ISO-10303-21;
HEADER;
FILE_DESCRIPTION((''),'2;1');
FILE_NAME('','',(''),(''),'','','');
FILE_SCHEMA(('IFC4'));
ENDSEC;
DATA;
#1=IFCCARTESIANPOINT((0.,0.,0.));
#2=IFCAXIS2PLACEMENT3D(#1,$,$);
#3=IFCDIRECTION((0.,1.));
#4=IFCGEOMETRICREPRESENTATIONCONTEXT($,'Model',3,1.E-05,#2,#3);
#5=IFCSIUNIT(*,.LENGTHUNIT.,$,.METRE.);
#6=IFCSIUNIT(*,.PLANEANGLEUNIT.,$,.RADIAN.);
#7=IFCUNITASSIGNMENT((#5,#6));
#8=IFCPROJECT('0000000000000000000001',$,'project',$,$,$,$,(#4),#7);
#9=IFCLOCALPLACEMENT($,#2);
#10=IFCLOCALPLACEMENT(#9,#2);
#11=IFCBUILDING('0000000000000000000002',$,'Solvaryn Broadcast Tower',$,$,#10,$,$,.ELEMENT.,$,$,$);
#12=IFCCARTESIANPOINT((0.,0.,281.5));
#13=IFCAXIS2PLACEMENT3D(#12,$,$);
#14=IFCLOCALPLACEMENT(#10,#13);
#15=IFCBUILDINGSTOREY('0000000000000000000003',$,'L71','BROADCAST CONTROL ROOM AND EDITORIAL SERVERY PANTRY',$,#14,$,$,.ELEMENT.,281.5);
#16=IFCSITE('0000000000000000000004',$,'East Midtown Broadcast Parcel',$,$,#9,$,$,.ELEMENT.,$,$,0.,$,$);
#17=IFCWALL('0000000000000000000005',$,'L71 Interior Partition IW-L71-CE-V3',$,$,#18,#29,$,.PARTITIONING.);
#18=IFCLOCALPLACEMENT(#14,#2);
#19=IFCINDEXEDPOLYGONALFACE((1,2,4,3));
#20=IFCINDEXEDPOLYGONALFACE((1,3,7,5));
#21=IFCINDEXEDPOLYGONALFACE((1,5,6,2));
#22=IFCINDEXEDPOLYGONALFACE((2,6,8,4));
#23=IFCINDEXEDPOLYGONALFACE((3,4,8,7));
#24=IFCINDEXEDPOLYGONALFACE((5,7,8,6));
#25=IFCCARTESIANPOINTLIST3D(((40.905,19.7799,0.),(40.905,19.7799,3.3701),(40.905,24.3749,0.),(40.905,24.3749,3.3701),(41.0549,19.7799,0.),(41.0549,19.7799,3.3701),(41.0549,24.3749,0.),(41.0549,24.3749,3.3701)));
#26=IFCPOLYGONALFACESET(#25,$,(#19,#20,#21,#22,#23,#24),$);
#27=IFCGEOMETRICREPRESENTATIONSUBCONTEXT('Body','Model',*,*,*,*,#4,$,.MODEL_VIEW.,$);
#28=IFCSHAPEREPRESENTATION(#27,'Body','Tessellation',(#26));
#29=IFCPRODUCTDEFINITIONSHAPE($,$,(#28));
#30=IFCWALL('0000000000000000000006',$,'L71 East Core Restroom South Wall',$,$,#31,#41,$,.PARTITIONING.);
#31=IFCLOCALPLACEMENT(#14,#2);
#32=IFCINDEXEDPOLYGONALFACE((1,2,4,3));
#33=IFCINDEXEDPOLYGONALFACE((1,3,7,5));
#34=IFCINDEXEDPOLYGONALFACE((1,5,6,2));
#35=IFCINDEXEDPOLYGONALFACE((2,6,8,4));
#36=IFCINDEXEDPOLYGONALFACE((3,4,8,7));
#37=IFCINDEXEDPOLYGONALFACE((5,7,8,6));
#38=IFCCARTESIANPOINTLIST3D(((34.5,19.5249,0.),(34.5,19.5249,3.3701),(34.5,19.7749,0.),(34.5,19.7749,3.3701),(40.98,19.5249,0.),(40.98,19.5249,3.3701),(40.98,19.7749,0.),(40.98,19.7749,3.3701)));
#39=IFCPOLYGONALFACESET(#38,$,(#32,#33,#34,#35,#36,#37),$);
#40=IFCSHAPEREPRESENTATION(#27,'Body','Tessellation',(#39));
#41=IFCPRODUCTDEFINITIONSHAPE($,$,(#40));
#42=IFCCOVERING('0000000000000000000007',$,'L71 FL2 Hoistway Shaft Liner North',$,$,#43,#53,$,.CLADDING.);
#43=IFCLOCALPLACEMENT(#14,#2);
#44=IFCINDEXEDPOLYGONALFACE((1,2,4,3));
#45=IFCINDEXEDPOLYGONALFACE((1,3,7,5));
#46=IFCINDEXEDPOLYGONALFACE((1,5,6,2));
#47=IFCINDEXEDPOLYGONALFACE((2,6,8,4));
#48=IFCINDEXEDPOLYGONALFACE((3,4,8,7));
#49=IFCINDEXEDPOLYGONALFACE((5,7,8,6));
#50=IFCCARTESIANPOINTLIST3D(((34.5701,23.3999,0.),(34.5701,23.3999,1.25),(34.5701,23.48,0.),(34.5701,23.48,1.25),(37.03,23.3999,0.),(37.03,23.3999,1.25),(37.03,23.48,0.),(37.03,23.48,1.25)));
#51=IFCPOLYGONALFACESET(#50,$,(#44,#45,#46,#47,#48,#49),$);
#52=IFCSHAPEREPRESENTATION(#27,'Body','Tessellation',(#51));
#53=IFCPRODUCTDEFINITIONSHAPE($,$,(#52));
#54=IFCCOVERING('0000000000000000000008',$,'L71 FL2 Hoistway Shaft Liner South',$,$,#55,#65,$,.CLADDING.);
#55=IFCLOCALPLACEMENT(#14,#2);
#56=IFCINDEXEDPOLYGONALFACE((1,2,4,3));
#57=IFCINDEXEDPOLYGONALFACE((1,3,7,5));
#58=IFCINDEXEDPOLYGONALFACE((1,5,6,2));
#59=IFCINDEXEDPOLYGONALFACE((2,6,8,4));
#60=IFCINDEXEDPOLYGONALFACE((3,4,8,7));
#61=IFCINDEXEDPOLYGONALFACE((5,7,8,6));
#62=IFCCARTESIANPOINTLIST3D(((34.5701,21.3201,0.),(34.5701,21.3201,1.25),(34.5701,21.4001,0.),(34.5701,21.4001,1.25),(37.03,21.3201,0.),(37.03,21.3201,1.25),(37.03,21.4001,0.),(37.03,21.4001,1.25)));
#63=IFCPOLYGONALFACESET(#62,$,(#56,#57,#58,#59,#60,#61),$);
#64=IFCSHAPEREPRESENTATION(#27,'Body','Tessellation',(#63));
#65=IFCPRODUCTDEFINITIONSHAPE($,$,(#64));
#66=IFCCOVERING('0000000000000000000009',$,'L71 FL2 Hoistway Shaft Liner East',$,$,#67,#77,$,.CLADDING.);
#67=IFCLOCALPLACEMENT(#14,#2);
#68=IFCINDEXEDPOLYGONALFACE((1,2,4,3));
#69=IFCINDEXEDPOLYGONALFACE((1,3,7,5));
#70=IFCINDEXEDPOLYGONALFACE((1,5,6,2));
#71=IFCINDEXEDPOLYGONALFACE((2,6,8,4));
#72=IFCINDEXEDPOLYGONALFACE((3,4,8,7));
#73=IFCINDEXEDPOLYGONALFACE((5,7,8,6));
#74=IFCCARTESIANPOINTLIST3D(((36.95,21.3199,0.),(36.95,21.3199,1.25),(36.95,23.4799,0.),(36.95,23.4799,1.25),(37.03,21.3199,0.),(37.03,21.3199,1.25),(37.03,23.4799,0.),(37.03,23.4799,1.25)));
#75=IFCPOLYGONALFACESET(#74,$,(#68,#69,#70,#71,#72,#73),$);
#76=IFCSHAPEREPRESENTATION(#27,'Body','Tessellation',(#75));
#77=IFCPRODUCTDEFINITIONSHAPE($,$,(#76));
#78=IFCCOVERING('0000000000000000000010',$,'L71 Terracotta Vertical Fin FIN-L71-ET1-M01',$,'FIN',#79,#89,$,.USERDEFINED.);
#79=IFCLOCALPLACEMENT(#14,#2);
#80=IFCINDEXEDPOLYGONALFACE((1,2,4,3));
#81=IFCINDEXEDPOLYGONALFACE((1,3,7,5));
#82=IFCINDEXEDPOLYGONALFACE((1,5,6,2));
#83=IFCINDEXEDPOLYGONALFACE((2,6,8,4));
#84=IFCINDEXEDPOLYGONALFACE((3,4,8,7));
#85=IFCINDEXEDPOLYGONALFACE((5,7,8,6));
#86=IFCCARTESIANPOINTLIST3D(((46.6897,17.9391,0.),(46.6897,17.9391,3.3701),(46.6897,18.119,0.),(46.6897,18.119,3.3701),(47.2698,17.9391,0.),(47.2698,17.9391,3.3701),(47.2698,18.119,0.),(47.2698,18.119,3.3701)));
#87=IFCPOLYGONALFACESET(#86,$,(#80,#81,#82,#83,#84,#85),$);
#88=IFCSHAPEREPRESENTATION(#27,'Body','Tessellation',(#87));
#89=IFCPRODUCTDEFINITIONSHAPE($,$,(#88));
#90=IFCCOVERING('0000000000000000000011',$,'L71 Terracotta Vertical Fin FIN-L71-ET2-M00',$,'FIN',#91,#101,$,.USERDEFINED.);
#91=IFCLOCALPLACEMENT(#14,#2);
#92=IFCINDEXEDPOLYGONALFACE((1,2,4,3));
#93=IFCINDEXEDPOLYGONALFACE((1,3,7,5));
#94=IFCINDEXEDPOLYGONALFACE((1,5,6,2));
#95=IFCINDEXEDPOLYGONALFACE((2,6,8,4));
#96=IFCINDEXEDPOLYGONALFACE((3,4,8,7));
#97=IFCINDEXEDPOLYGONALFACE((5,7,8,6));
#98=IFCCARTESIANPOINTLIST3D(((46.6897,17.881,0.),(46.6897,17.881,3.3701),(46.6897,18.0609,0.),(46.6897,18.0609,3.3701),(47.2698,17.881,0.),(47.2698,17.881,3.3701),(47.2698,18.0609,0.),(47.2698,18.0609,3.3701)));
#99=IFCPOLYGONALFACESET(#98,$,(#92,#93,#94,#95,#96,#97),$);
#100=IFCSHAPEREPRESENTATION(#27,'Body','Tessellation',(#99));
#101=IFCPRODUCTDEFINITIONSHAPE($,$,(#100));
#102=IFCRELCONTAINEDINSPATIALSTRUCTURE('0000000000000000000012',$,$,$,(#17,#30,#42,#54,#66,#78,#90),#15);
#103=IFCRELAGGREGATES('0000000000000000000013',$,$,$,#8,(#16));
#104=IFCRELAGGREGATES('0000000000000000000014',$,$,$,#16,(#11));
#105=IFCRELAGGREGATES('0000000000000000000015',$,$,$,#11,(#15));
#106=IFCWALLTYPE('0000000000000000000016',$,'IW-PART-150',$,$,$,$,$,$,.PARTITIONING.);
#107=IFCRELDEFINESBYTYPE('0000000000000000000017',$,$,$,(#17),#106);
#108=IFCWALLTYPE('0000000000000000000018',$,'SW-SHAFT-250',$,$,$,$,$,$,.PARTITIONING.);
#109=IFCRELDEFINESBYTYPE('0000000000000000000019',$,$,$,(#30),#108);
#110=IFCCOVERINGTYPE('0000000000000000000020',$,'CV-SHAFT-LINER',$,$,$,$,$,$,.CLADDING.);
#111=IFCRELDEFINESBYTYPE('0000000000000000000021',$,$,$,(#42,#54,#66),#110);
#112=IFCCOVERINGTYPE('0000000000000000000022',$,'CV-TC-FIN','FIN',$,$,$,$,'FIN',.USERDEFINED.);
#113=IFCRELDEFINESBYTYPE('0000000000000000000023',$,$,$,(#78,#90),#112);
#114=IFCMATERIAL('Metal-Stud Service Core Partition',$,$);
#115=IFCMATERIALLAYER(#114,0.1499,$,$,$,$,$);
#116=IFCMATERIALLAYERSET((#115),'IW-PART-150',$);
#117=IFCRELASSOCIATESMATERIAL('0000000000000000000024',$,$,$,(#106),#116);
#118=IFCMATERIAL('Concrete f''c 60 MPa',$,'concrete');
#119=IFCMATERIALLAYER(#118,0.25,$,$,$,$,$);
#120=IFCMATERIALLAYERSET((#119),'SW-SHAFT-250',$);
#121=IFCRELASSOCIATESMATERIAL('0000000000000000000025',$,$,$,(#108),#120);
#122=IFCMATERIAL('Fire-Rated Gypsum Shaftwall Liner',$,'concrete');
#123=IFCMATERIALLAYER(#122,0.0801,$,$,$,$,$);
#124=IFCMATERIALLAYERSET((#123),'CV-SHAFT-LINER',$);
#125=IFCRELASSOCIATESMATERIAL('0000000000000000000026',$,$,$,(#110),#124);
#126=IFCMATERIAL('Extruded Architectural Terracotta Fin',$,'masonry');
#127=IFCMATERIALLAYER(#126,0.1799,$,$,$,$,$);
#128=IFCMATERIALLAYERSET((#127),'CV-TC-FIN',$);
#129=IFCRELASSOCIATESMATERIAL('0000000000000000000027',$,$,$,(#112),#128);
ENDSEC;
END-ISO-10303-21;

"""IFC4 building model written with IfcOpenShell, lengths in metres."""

from ifc_helpers import new_model, si_unit, direction, frame, frame_2d, origin, origin_2d, place, context, subcontext, project, spatial, rectangle, extrude, material, layer, layer_set, type_object, element, save


model = new_model("IFC4")

# Units and contexts
model_context = context("Model", 3, precision=1e-05, world=origin(), true_north=direction((0.0, 1.0)))
body_context = subcontext(model_context, "Body", "Model", "MODEL_VIEW")
ifc_project = project(units=[si_unit("LENGTHUNIT", "METRE"), si_unit("PLANEANGLEUNIT", "RADIAN")], contexts=[model_context])

# Site, building, storey
site_placement = place(None, origin())
site = spatial("IfcSite", under=ifc_project, at=site_placement, Name="East Midtown Broadcast Parcel", CompositionType="ELEMENT", RefElevation=0.0)
building_placement = place(site_placement, origin())
building = spatial("IfcBuilding", under=site, at=building_placement, Name="Solvaryn Broadcast Tower", CompositionType="ELEMENT")
storey_placement = place(building_placement, frame((0.0, 0.0, 281.5)))
storey = spatial("IfcBuildingStorey", under=building, at=storey_placement, Name="L71", Description="BROADCAST CONTROL ROOM AND EDITORIAL SERVERY PANTRY", CompositionType="ELEMENT", Elevation=281.5)

# Wall
ifc_material_1 = material(Name="Metal-Stud Service Core Partition")
ifc_layer_1 = layer(ifc_material_1, 0.1499)
ifc_layer_set_1 = layer_set([ifc_layer_1], Name="IW-PART-150")
wall_type_1 = type_object("IfcWallType", Name="IW-PART-150", PredefinedType="PARTITIONING", material=ifc_layer_set_1)
for number, where, z_axis, x_axis, name in (
    (1, (40.98, 19.78, 0.0), (0.0, 0.0, 1.0), (0.0, 1.0, 0.0), "L71 Interior Partition IW-L71-CE-V3"),
):
    element("IfcWall", number, at=place(storey_placement, frame(where, z_axis=z_axis, x_axis=x_axis)), inside=storey, type_object=wall_type_1, Name=name, PredefinedType="PARTITIONING", context=body_context, shape_type="SweptSolid", body=[
        extrude(rectangle(XDim=4.595, YDim=0.1499, at=frame_2d((2.2974, 0.0))), origin(), (0.0, 0.0, 1.0), 3.3701),
    ])

# Shared definitions
ifc_material_2 = material(Name="Concrete f'c 60 MPa", Category="concrete")
ifc_layer_2 = layer(ifc_material_2, 0.25)
ifc_layer_set_2 = layer_set([ifc_layer_2], Name="SW-SHAFT-250")
wall_type_2 = type_object("IfcWallType", Name="SW-SHAFT-250", PredefinedType="PARTITIONING", material=ifc_layer_set_2)

# Wall
wall_1_placement = place(storey_placement, frame((34.5, 19.6499, 0.0), z_axis=(0.0, 0.0, 1.0), x_axis=(1.0, 0.0, 0.0)))
element("IfcWall", 2, at=wall_1_placement, inside=storey, type_object=wall_type_2, Name="L71 East Core Restroom South Wall", PredefinedType="PARTITIONING", context=body_context, shape_type="SweptSolid", body=[
    extrude(rectangle(XDim=6.48, YDim=0.25, at=frame_2d((3.24, 0.0))), origin(), (0.0, 0.0, 1.0), 3.3701),
])

# Coverings
ifc_material_3 = material(Name="Fire-Rated Gypsum Shaftwall Liner", Category="concrete")
ifc_layer_3 = layer(ifc_material_3, 0.0801)
ifc_layer_set_3 = layer_set([ifc_layer_3], Name="CV-SHAFT-LINER")
covering_type_1 = type_object("IfcCoveringType", Name="CV-SHAFT-LINER", PredefinedType="CLADDING", material=ifc_layer_set_3)
for number, where, z_axis, x_axis, name in (
    (3, (35.8, 23.4399, 0.0), (0.0, 0.0, 1.0), (1.0, 0.0, 0.0), "L71 FL2 Hoistway Shaft Liner North"),
    (4, (35.8, 21.3601, 0.0), (0.0, 0.0, 1.0), (1.0, 0.0, 0.0), "L71 FL2 Hoistway Shaft Liner South"),
):
    element("IfcCovering", number, at=place(storey_placement, frame(where, z_axis=z_axis, x_axis=x_axis)), inside=storey, type_object=covering_type_1, Name=name, PredefinedType="CLADDING", context=body_context, shape_type="SweptSolid", body=[
        extrude(rectangle(XDim=2.46, YDim=0.0801, at=origin_2d()), origin(), (0.0, 0.0, 1.0), 1.25),
    ])
covering_placement = place(storey_placement, frame((36.99, 22.3999, 0.0), z_axis=(0.0, 0.0, 1.0), x_axis=(1.0, 0.0, 0.0)))
element("IfcCovering", 5, at=covering_placement, inside=storey, type_object=covering_type_1, Name="L71 FL2 Hoistway Shaft Liner East", PredefinedType="CLADDING", context=body_context, shape_type="SweptSolid", body=[
    extrude(rectangle(XDim=0.0801, YDim=2.1599, at=origin_2d()), origin(), (0.0, 0.0, 1.0), 1.25),
])
ifc_material_4 = material(Name="Extruded Architectural Terracotta Fin", Category="masonry")
ifc_layer_4 = layer(ifc_material_4, 0.1799)
ifc_layer_set_4 = layer_set([ifc_layer_4], Name="CV-TC-FIN")
covering_type_2 = type_object("IfcCoveringType", Name="CV-TC-FIN", Description="FIN", ElementType="FIN", PredefinedType="USERDEFINED", material=ifc_layer_set_4)
for number, where, z_axis, x_axis, name in (
    (6, (46.9797, 18.0291, 0.0), (0.0, 0.0, 1.0), (1.0, 0.0, 0.0), "L71 Terracotta Vertical Fin FIN-L71-ET1-M01"),
    (7, (46.9797, 17.9709, 0.0), (0.0, 0.0, 1.0), (1.0, 0.0, 0.0), "L71 Terracotta Vertical Fin FIN-L71-ET2-M00"),
):
    element("IfcCovering", number, at=place(storey_placement, frame(where, z_axis=z_axis, x_axis=x_axis)), inside=storey, type_object=covering_type_2, Name=name, ObjectType="FIN", PredefinedType="USERDEFINED", context=body_context, shape_type="SweptSolid", body=[
        extrude(rectangle(XDim=0.5801, YDim=0.1799, at=origin_2d()), origin(), (0.0, 0.0, 1.0), 3.3701),
    ])

save(model, "model.ifc")
